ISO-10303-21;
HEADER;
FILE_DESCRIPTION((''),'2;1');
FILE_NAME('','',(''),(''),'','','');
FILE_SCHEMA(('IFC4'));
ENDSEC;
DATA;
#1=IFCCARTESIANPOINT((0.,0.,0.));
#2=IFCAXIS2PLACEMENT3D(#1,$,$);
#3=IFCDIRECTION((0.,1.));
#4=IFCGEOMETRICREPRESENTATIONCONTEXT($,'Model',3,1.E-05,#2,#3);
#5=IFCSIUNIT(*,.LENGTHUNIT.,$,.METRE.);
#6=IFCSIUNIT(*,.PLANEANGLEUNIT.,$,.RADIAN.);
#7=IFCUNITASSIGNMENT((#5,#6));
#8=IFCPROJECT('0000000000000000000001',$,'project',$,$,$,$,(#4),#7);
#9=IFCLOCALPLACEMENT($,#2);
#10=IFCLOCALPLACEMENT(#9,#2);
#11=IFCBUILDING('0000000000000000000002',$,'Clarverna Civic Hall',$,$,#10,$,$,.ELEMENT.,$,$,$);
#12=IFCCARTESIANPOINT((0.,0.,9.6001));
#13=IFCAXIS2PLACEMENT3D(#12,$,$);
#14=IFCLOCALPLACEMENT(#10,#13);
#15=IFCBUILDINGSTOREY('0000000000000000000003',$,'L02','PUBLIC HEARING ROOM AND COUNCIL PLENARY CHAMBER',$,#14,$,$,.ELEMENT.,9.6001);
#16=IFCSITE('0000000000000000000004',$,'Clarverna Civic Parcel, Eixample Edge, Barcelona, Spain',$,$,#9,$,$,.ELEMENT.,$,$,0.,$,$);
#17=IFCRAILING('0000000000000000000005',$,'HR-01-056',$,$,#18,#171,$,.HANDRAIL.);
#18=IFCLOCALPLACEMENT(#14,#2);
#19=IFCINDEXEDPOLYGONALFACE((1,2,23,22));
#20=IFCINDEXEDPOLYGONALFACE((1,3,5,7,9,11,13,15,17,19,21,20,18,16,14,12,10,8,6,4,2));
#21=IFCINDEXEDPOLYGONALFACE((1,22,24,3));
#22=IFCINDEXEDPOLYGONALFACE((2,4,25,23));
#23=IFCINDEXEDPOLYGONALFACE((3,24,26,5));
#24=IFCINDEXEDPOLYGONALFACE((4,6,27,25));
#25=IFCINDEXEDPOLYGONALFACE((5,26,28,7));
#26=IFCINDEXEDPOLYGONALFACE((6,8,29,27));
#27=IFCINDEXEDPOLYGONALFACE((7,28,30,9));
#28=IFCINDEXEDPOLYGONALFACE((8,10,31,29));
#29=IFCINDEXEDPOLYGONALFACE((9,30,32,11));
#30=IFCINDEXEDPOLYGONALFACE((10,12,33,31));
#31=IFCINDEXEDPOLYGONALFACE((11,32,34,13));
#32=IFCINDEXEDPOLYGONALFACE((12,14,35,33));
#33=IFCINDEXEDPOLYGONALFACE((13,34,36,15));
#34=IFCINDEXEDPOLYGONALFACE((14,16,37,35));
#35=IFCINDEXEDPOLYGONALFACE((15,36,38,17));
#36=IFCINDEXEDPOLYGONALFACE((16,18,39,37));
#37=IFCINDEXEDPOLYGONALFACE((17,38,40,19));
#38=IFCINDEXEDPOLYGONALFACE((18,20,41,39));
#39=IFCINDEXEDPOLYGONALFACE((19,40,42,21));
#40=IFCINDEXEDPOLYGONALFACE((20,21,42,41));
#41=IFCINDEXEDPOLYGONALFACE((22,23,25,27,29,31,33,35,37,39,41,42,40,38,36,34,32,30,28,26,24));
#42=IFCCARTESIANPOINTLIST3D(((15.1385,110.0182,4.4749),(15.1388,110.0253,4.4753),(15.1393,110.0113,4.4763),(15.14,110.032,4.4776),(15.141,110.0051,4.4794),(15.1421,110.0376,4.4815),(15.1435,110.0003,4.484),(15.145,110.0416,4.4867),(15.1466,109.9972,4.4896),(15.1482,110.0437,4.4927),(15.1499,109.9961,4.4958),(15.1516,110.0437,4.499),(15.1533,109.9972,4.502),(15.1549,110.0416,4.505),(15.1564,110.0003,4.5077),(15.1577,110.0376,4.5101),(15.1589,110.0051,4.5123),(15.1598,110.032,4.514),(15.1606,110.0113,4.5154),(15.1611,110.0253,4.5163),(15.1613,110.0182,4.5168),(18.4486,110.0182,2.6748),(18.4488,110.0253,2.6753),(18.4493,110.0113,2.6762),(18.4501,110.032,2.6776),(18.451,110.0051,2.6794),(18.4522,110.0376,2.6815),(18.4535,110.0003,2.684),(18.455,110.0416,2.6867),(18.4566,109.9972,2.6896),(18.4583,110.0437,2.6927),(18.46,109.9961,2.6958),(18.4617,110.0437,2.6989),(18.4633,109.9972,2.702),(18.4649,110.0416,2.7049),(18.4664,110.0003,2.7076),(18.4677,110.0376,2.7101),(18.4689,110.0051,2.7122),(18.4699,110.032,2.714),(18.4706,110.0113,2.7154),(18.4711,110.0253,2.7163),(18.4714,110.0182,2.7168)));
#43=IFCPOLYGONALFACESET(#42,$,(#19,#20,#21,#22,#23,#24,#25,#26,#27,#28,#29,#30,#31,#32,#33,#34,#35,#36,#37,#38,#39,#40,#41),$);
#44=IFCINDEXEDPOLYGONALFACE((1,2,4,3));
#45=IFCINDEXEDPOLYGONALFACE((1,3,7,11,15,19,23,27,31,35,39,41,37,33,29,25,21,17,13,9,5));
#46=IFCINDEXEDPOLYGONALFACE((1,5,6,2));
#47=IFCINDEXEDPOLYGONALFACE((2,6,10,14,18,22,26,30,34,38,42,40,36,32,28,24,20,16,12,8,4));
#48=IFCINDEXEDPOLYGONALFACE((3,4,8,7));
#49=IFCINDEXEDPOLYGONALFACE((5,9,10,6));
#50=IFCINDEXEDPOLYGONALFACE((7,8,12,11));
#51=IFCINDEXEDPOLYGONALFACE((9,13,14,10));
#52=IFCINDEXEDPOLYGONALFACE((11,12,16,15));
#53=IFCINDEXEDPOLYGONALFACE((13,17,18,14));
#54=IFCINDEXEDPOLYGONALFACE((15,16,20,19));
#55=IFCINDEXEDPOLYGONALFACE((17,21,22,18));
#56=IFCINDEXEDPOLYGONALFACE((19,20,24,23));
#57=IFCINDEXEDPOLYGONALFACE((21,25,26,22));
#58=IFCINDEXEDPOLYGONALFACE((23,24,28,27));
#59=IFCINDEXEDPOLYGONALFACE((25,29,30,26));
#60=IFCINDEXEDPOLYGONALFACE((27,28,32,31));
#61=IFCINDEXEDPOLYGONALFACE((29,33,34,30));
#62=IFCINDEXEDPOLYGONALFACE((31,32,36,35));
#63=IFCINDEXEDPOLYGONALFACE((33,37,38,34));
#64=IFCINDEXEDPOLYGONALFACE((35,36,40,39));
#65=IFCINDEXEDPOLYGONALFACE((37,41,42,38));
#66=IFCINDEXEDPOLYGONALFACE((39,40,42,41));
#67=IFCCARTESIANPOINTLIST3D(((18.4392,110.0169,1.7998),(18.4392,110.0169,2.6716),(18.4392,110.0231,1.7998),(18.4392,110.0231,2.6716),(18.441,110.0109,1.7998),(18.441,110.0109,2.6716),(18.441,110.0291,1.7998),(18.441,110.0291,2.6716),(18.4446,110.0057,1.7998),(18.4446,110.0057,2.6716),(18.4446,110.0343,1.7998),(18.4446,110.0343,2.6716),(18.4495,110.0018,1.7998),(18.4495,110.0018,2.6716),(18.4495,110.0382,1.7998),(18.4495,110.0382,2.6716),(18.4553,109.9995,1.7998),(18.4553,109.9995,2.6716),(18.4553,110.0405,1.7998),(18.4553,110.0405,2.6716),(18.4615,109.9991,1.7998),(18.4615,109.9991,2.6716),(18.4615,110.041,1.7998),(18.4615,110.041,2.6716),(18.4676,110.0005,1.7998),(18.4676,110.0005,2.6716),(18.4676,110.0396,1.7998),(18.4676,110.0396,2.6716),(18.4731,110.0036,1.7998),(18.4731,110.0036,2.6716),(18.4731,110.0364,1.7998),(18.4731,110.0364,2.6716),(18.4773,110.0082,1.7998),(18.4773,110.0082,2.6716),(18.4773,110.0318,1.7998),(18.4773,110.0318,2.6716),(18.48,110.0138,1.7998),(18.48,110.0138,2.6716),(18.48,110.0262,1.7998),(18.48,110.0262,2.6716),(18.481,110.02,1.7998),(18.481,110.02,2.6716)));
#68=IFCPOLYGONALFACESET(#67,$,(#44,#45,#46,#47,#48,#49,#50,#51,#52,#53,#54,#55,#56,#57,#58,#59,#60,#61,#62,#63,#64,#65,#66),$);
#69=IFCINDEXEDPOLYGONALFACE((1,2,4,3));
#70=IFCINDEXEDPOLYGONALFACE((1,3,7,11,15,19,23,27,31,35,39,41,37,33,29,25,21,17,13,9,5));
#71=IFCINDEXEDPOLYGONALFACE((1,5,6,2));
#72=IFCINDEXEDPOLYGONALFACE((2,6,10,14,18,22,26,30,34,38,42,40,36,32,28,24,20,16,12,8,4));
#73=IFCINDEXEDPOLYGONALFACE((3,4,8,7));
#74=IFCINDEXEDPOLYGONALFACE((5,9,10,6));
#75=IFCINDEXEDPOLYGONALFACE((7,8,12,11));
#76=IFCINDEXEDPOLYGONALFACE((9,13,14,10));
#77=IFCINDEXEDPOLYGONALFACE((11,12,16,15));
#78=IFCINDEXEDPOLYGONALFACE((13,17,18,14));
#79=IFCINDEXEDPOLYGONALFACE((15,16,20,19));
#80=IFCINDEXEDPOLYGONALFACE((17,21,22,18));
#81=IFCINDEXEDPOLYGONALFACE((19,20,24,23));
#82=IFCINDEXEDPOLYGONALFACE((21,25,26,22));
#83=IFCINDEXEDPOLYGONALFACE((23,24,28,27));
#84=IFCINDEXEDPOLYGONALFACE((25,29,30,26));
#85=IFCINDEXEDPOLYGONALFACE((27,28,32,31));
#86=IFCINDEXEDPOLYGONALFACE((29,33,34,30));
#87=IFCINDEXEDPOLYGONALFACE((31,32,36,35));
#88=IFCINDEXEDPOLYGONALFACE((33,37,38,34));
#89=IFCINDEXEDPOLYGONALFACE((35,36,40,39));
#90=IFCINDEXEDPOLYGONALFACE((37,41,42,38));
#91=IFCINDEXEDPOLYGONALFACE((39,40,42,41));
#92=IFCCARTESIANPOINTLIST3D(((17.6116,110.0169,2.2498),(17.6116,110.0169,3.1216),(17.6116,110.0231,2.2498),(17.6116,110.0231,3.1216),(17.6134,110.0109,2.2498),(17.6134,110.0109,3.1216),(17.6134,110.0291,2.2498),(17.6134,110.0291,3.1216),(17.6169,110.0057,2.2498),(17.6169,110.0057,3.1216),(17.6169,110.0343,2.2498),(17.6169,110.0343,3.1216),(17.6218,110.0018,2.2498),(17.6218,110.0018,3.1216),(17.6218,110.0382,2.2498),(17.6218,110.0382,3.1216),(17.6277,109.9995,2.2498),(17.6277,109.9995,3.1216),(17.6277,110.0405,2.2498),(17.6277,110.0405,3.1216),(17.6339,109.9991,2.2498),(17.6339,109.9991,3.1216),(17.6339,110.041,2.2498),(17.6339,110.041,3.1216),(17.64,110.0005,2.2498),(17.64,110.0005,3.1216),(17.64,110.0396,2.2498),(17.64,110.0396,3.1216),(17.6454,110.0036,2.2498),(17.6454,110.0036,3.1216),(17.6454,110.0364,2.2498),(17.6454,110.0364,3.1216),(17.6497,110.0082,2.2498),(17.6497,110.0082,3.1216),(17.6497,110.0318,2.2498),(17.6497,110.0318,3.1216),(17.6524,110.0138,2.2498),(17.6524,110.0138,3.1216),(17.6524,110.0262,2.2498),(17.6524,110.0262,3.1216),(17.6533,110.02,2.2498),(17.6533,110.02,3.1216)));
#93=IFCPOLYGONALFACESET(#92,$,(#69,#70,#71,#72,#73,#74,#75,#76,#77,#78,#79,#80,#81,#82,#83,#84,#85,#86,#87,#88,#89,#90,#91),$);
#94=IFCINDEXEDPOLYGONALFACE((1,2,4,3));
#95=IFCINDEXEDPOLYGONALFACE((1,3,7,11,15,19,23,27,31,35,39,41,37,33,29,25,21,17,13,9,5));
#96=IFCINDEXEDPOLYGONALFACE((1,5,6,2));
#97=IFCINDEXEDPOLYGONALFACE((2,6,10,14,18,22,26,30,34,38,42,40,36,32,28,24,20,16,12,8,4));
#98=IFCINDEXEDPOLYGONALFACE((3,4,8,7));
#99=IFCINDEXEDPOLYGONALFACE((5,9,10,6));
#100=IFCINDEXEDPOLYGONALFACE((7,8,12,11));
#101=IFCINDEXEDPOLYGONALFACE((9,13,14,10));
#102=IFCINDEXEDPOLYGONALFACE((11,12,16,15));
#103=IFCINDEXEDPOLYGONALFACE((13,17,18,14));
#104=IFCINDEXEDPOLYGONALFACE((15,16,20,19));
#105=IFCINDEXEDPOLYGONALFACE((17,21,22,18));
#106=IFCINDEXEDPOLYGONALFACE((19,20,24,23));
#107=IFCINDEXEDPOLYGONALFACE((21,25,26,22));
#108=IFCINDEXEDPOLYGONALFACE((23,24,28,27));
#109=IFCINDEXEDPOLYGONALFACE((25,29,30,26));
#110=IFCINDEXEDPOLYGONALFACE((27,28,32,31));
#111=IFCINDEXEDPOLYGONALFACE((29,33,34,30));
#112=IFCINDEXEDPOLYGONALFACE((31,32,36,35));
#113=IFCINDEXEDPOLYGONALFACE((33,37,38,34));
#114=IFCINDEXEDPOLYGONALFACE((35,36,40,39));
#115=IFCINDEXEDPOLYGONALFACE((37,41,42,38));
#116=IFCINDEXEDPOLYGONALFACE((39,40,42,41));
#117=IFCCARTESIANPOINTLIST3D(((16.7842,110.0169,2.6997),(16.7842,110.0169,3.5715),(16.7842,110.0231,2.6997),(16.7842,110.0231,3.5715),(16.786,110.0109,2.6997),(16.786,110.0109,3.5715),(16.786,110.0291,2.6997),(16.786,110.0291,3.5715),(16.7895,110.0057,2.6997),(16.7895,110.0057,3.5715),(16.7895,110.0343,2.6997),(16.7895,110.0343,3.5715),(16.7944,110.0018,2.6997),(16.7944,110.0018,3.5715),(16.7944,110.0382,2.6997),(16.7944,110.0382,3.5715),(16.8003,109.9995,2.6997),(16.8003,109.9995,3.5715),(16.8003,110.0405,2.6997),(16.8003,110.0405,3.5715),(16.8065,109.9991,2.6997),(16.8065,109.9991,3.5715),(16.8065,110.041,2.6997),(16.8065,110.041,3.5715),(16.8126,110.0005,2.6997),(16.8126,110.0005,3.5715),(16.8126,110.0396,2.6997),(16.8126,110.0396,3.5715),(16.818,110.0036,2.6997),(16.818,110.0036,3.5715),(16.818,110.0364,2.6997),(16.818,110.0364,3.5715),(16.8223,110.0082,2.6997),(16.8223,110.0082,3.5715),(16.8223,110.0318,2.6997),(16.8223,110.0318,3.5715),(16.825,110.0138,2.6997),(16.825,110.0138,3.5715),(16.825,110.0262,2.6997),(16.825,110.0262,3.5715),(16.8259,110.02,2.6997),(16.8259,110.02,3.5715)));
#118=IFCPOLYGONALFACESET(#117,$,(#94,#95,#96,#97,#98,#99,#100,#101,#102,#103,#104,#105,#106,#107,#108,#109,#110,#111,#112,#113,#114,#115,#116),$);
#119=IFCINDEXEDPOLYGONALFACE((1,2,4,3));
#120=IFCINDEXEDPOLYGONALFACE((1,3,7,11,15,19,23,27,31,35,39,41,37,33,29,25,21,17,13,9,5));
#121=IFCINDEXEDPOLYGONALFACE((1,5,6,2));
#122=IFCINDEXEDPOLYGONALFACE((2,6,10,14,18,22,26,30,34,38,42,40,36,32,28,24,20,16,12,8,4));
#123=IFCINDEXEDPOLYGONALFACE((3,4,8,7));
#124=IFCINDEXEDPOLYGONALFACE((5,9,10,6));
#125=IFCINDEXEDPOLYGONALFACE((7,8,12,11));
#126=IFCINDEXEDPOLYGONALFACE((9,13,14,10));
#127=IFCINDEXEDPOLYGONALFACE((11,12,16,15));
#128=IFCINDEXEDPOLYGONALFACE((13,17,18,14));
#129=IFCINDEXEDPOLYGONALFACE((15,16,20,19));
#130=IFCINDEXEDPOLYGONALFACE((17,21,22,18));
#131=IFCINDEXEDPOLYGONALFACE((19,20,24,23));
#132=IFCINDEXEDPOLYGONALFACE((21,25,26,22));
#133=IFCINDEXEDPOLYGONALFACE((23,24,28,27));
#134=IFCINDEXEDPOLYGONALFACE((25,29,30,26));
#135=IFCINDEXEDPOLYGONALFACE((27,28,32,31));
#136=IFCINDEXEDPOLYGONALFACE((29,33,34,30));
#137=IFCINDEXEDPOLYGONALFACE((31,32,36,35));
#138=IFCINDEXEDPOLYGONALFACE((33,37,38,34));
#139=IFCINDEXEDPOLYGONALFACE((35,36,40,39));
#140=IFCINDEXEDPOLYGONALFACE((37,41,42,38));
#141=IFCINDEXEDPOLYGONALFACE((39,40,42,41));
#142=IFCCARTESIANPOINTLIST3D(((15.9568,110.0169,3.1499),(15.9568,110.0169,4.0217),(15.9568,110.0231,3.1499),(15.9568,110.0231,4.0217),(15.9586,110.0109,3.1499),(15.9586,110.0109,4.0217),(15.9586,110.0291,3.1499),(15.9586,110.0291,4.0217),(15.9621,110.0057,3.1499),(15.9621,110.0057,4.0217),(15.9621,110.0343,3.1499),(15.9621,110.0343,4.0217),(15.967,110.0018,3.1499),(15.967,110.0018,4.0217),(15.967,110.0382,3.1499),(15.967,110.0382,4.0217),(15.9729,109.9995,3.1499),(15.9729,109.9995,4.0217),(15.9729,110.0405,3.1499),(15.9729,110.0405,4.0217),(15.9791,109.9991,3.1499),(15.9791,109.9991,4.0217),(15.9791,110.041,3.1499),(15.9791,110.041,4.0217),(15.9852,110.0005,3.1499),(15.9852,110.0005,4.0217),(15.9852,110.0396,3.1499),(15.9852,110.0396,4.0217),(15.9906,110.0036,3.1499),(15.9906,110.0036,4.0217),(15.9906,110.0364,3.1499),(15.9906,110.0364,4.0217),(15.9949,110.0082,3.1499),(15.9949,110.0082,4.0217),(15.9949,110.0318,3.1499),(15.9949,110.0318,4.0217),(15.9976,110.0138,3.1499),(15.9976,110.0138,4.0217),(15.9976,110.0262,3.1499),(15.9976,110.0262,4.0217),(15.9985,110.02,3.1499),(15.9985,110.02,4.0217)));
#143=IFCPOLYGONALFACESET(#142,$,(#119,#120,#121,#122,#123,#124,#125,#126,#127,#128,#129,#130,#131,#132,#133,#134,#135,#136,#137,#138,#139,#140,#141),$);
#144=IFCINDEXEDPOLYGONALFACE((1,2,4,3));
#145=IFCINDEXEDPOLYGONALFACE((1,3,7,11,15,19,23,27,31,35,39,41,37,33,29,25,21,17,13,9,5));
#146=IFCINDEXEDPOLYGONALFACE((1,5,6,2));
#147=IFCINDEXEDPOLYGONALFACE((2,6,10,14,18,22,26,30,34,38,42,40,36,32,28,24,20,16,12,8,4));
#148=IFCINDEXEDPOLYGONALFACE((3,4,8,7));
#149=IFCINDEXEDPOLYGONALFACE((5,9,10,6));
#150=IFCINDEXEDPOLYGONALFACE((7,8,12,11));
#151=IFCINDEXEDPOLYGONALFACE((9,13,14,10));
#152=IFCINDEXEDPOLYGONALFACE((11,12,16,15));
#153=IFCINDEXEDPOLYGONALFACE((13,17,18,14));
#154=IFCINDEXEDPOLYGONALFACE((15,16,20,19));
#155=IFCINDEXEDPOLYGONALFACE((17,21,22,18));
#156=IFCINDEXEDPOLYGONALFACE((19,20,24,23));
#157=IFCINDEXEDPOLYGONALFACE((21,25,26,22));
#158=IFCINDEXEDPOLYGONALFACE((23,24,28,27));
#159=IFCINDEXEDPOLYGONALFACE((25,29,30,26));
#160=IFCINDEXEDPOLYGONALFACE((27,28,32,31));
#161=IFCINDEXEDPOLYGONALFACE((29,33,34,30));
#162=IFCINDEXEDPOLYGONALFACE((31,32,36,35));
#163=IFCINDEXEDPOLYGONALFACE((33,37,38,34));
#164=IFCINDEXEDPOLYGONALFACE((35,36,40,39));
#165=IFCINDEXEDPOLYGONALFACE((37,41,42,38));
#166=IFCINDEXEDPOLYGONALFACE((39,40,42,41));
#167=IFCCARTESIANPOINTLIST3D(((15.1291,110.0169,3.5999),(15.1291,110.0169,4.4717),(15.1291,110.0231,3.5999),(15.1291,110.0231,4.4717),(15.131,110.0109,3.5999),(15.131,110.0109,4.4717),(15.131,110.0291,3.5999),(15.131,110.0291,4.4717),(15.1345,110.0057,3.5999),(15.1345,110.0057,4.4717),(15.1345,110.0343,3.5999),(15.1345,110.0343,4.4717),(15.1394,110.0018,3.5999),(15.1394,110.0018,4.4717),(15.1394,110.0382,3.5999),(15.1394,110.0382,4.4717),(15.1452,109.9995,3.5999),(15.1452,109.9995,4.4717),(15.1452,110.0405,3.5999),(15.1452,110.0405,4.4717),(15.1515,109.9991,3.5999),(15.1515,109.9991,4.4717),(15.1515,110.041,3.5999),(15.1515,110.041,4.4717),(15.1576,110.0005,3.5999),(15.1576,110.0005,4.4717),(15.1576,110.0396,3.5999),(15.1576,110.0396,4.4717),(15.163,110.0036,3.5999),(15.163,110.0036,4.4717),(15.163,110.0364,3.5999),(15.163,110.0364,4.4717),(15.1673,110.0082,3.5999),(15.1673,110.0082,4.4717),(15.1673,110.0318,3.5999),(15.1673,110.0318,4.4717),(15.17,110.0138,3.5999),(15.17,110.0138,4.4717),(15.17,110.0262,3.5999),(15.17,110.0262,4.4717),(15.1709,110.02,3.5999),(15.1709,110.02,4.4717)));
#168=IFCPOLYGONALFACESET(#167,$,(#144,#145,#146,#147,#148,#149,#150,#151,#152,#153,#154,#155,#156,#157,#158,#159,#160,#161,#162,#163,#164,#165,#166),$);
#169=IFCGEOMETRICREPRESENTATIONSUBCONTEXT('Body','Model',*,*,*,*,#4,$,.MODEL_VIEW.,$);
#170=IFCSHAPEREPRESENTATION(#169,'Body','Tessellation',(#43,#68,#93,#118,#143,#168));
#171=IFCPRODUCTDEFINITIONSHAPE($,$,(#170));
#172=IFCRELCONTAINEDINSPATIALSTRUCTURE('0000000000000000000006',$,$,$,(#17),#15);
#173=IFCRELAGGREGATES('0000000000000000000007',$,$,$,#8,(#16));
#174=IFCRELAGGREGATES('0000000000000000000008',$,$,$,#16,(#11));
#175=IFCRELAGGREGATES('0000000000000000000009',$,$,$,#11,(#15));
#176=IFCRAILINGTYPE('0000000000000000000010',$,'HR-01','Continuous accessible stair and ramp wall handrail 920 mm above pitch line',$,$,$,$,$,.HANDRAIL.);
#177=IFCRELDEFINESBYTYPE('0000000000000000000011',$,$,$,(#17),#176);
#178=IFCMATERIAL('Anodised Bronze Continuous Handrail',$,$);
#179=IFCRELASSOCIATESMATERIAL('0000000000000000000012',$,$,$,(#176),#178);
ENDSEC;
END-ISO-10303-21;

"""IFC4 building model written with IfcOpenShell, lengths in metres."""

from ifc_helpers import new_model, si_unit, direction, frame, origin, origin_2d, place, context, subcontext, project, spatial, circle, extrude, material, type_object, element, save


model = new_model("IFC4")

# Units and contexts
model_context = context("Model", 3, precision=1e-05, world=origin(), true_north=direction((0.0, 1.0)))
body_context = subcontext(model_context, "Body", "Model", "MODEL_VIEW")
ifc_project = project(units=[si_unit("LENGTHUNIT", "METRE"), si_unit("PLANEANGLEUNIT", "RADIAN")], contexts=[model_context])

# Site, building, storey
site_placement = place(None, origin())
site = spatial("IfcSite", under=ifc_project, at=site_placement, Name="Clarverna Civic Parcel, Eixample Edge, Barcelona, Spain", CompositionType="ELEMENT", RefElevation=0.0)
building_placement = place(site_placement, origin())
building = spatial("IfcBuilding", under=site, at=building_placement, Name="Clarverna Civic Hall", CompositionType="ELEMENT")
storey_placement = place(building_placement, frame((0.0, 0.0, 9.6001)))
storey = spatial("IfcBuildingStorey", under=building, at=storey_placement, Name="L02", Description="PUBLIC HEARING ROOM AND COUNCIL PLENARY CHAMBER", CompositionType="ELEMENT", Elevation=9.6001)

# Railing
ifc_material_1 = material(Name="Anodised Bronze Continuous Handrail")
railing_type_1 = type_object("IfcRailingType", Name="HR-01", Description="Continuous accessible stair and ramp wall handrail 920 mm above pitch line", PredefinedType="HANDRAIL", material=ifc_material_1)
railing_1_placement = place(storey_placement, frame((18.46, 110.02, 1.7998)))
element("IfcRailing", 1, at=railing_1_placement, inside=storey, type_object=railing_type_1, Name="HR-01-056", PredefinedType="HANDRAIL", context=body_context, shape_type="SweptSolid", body=[
    extrude(circle(Radius=0.0239, at=origin_2d()), frame((0.0, 0.0, 0.896), z_axis=(-0.878502, 0.0, 0.477739), x_axis=(0.0, -1.0, 0.0)), (0.0, 0.0, 1.0), 3.7678),
    extrude(circle(Radius=0.021, at=origin_2d()), origin(), (0.0, 0.0, 1.0), 0.8718),
    extrude(circle(Radius=0.021, at=origin_2d()), frame((-0.8276, 0.0, 0.45)), (0.0, 0.0, 1.0), 0.8718),
    extrude(circle(Radius=0.021, at=origin_2d()), frame((-1.655, 0.0, 0.8999)), (0.0, 0.0, 1.0), 0.8718),
    extrude(circle(Radius=0.021, at=origin_2d()), frame((-2.4824, 0.0, 1.3501)), (0.0, 0.0, 1.0), 0.8718),
    extrude(circle(Radius=0.021, at=origin_2d()), frame((-3.3101, 0.0, 1.8)), (0.0, 0.0, 1.0), 0.8718),
])

save(model, "model.ifc")
